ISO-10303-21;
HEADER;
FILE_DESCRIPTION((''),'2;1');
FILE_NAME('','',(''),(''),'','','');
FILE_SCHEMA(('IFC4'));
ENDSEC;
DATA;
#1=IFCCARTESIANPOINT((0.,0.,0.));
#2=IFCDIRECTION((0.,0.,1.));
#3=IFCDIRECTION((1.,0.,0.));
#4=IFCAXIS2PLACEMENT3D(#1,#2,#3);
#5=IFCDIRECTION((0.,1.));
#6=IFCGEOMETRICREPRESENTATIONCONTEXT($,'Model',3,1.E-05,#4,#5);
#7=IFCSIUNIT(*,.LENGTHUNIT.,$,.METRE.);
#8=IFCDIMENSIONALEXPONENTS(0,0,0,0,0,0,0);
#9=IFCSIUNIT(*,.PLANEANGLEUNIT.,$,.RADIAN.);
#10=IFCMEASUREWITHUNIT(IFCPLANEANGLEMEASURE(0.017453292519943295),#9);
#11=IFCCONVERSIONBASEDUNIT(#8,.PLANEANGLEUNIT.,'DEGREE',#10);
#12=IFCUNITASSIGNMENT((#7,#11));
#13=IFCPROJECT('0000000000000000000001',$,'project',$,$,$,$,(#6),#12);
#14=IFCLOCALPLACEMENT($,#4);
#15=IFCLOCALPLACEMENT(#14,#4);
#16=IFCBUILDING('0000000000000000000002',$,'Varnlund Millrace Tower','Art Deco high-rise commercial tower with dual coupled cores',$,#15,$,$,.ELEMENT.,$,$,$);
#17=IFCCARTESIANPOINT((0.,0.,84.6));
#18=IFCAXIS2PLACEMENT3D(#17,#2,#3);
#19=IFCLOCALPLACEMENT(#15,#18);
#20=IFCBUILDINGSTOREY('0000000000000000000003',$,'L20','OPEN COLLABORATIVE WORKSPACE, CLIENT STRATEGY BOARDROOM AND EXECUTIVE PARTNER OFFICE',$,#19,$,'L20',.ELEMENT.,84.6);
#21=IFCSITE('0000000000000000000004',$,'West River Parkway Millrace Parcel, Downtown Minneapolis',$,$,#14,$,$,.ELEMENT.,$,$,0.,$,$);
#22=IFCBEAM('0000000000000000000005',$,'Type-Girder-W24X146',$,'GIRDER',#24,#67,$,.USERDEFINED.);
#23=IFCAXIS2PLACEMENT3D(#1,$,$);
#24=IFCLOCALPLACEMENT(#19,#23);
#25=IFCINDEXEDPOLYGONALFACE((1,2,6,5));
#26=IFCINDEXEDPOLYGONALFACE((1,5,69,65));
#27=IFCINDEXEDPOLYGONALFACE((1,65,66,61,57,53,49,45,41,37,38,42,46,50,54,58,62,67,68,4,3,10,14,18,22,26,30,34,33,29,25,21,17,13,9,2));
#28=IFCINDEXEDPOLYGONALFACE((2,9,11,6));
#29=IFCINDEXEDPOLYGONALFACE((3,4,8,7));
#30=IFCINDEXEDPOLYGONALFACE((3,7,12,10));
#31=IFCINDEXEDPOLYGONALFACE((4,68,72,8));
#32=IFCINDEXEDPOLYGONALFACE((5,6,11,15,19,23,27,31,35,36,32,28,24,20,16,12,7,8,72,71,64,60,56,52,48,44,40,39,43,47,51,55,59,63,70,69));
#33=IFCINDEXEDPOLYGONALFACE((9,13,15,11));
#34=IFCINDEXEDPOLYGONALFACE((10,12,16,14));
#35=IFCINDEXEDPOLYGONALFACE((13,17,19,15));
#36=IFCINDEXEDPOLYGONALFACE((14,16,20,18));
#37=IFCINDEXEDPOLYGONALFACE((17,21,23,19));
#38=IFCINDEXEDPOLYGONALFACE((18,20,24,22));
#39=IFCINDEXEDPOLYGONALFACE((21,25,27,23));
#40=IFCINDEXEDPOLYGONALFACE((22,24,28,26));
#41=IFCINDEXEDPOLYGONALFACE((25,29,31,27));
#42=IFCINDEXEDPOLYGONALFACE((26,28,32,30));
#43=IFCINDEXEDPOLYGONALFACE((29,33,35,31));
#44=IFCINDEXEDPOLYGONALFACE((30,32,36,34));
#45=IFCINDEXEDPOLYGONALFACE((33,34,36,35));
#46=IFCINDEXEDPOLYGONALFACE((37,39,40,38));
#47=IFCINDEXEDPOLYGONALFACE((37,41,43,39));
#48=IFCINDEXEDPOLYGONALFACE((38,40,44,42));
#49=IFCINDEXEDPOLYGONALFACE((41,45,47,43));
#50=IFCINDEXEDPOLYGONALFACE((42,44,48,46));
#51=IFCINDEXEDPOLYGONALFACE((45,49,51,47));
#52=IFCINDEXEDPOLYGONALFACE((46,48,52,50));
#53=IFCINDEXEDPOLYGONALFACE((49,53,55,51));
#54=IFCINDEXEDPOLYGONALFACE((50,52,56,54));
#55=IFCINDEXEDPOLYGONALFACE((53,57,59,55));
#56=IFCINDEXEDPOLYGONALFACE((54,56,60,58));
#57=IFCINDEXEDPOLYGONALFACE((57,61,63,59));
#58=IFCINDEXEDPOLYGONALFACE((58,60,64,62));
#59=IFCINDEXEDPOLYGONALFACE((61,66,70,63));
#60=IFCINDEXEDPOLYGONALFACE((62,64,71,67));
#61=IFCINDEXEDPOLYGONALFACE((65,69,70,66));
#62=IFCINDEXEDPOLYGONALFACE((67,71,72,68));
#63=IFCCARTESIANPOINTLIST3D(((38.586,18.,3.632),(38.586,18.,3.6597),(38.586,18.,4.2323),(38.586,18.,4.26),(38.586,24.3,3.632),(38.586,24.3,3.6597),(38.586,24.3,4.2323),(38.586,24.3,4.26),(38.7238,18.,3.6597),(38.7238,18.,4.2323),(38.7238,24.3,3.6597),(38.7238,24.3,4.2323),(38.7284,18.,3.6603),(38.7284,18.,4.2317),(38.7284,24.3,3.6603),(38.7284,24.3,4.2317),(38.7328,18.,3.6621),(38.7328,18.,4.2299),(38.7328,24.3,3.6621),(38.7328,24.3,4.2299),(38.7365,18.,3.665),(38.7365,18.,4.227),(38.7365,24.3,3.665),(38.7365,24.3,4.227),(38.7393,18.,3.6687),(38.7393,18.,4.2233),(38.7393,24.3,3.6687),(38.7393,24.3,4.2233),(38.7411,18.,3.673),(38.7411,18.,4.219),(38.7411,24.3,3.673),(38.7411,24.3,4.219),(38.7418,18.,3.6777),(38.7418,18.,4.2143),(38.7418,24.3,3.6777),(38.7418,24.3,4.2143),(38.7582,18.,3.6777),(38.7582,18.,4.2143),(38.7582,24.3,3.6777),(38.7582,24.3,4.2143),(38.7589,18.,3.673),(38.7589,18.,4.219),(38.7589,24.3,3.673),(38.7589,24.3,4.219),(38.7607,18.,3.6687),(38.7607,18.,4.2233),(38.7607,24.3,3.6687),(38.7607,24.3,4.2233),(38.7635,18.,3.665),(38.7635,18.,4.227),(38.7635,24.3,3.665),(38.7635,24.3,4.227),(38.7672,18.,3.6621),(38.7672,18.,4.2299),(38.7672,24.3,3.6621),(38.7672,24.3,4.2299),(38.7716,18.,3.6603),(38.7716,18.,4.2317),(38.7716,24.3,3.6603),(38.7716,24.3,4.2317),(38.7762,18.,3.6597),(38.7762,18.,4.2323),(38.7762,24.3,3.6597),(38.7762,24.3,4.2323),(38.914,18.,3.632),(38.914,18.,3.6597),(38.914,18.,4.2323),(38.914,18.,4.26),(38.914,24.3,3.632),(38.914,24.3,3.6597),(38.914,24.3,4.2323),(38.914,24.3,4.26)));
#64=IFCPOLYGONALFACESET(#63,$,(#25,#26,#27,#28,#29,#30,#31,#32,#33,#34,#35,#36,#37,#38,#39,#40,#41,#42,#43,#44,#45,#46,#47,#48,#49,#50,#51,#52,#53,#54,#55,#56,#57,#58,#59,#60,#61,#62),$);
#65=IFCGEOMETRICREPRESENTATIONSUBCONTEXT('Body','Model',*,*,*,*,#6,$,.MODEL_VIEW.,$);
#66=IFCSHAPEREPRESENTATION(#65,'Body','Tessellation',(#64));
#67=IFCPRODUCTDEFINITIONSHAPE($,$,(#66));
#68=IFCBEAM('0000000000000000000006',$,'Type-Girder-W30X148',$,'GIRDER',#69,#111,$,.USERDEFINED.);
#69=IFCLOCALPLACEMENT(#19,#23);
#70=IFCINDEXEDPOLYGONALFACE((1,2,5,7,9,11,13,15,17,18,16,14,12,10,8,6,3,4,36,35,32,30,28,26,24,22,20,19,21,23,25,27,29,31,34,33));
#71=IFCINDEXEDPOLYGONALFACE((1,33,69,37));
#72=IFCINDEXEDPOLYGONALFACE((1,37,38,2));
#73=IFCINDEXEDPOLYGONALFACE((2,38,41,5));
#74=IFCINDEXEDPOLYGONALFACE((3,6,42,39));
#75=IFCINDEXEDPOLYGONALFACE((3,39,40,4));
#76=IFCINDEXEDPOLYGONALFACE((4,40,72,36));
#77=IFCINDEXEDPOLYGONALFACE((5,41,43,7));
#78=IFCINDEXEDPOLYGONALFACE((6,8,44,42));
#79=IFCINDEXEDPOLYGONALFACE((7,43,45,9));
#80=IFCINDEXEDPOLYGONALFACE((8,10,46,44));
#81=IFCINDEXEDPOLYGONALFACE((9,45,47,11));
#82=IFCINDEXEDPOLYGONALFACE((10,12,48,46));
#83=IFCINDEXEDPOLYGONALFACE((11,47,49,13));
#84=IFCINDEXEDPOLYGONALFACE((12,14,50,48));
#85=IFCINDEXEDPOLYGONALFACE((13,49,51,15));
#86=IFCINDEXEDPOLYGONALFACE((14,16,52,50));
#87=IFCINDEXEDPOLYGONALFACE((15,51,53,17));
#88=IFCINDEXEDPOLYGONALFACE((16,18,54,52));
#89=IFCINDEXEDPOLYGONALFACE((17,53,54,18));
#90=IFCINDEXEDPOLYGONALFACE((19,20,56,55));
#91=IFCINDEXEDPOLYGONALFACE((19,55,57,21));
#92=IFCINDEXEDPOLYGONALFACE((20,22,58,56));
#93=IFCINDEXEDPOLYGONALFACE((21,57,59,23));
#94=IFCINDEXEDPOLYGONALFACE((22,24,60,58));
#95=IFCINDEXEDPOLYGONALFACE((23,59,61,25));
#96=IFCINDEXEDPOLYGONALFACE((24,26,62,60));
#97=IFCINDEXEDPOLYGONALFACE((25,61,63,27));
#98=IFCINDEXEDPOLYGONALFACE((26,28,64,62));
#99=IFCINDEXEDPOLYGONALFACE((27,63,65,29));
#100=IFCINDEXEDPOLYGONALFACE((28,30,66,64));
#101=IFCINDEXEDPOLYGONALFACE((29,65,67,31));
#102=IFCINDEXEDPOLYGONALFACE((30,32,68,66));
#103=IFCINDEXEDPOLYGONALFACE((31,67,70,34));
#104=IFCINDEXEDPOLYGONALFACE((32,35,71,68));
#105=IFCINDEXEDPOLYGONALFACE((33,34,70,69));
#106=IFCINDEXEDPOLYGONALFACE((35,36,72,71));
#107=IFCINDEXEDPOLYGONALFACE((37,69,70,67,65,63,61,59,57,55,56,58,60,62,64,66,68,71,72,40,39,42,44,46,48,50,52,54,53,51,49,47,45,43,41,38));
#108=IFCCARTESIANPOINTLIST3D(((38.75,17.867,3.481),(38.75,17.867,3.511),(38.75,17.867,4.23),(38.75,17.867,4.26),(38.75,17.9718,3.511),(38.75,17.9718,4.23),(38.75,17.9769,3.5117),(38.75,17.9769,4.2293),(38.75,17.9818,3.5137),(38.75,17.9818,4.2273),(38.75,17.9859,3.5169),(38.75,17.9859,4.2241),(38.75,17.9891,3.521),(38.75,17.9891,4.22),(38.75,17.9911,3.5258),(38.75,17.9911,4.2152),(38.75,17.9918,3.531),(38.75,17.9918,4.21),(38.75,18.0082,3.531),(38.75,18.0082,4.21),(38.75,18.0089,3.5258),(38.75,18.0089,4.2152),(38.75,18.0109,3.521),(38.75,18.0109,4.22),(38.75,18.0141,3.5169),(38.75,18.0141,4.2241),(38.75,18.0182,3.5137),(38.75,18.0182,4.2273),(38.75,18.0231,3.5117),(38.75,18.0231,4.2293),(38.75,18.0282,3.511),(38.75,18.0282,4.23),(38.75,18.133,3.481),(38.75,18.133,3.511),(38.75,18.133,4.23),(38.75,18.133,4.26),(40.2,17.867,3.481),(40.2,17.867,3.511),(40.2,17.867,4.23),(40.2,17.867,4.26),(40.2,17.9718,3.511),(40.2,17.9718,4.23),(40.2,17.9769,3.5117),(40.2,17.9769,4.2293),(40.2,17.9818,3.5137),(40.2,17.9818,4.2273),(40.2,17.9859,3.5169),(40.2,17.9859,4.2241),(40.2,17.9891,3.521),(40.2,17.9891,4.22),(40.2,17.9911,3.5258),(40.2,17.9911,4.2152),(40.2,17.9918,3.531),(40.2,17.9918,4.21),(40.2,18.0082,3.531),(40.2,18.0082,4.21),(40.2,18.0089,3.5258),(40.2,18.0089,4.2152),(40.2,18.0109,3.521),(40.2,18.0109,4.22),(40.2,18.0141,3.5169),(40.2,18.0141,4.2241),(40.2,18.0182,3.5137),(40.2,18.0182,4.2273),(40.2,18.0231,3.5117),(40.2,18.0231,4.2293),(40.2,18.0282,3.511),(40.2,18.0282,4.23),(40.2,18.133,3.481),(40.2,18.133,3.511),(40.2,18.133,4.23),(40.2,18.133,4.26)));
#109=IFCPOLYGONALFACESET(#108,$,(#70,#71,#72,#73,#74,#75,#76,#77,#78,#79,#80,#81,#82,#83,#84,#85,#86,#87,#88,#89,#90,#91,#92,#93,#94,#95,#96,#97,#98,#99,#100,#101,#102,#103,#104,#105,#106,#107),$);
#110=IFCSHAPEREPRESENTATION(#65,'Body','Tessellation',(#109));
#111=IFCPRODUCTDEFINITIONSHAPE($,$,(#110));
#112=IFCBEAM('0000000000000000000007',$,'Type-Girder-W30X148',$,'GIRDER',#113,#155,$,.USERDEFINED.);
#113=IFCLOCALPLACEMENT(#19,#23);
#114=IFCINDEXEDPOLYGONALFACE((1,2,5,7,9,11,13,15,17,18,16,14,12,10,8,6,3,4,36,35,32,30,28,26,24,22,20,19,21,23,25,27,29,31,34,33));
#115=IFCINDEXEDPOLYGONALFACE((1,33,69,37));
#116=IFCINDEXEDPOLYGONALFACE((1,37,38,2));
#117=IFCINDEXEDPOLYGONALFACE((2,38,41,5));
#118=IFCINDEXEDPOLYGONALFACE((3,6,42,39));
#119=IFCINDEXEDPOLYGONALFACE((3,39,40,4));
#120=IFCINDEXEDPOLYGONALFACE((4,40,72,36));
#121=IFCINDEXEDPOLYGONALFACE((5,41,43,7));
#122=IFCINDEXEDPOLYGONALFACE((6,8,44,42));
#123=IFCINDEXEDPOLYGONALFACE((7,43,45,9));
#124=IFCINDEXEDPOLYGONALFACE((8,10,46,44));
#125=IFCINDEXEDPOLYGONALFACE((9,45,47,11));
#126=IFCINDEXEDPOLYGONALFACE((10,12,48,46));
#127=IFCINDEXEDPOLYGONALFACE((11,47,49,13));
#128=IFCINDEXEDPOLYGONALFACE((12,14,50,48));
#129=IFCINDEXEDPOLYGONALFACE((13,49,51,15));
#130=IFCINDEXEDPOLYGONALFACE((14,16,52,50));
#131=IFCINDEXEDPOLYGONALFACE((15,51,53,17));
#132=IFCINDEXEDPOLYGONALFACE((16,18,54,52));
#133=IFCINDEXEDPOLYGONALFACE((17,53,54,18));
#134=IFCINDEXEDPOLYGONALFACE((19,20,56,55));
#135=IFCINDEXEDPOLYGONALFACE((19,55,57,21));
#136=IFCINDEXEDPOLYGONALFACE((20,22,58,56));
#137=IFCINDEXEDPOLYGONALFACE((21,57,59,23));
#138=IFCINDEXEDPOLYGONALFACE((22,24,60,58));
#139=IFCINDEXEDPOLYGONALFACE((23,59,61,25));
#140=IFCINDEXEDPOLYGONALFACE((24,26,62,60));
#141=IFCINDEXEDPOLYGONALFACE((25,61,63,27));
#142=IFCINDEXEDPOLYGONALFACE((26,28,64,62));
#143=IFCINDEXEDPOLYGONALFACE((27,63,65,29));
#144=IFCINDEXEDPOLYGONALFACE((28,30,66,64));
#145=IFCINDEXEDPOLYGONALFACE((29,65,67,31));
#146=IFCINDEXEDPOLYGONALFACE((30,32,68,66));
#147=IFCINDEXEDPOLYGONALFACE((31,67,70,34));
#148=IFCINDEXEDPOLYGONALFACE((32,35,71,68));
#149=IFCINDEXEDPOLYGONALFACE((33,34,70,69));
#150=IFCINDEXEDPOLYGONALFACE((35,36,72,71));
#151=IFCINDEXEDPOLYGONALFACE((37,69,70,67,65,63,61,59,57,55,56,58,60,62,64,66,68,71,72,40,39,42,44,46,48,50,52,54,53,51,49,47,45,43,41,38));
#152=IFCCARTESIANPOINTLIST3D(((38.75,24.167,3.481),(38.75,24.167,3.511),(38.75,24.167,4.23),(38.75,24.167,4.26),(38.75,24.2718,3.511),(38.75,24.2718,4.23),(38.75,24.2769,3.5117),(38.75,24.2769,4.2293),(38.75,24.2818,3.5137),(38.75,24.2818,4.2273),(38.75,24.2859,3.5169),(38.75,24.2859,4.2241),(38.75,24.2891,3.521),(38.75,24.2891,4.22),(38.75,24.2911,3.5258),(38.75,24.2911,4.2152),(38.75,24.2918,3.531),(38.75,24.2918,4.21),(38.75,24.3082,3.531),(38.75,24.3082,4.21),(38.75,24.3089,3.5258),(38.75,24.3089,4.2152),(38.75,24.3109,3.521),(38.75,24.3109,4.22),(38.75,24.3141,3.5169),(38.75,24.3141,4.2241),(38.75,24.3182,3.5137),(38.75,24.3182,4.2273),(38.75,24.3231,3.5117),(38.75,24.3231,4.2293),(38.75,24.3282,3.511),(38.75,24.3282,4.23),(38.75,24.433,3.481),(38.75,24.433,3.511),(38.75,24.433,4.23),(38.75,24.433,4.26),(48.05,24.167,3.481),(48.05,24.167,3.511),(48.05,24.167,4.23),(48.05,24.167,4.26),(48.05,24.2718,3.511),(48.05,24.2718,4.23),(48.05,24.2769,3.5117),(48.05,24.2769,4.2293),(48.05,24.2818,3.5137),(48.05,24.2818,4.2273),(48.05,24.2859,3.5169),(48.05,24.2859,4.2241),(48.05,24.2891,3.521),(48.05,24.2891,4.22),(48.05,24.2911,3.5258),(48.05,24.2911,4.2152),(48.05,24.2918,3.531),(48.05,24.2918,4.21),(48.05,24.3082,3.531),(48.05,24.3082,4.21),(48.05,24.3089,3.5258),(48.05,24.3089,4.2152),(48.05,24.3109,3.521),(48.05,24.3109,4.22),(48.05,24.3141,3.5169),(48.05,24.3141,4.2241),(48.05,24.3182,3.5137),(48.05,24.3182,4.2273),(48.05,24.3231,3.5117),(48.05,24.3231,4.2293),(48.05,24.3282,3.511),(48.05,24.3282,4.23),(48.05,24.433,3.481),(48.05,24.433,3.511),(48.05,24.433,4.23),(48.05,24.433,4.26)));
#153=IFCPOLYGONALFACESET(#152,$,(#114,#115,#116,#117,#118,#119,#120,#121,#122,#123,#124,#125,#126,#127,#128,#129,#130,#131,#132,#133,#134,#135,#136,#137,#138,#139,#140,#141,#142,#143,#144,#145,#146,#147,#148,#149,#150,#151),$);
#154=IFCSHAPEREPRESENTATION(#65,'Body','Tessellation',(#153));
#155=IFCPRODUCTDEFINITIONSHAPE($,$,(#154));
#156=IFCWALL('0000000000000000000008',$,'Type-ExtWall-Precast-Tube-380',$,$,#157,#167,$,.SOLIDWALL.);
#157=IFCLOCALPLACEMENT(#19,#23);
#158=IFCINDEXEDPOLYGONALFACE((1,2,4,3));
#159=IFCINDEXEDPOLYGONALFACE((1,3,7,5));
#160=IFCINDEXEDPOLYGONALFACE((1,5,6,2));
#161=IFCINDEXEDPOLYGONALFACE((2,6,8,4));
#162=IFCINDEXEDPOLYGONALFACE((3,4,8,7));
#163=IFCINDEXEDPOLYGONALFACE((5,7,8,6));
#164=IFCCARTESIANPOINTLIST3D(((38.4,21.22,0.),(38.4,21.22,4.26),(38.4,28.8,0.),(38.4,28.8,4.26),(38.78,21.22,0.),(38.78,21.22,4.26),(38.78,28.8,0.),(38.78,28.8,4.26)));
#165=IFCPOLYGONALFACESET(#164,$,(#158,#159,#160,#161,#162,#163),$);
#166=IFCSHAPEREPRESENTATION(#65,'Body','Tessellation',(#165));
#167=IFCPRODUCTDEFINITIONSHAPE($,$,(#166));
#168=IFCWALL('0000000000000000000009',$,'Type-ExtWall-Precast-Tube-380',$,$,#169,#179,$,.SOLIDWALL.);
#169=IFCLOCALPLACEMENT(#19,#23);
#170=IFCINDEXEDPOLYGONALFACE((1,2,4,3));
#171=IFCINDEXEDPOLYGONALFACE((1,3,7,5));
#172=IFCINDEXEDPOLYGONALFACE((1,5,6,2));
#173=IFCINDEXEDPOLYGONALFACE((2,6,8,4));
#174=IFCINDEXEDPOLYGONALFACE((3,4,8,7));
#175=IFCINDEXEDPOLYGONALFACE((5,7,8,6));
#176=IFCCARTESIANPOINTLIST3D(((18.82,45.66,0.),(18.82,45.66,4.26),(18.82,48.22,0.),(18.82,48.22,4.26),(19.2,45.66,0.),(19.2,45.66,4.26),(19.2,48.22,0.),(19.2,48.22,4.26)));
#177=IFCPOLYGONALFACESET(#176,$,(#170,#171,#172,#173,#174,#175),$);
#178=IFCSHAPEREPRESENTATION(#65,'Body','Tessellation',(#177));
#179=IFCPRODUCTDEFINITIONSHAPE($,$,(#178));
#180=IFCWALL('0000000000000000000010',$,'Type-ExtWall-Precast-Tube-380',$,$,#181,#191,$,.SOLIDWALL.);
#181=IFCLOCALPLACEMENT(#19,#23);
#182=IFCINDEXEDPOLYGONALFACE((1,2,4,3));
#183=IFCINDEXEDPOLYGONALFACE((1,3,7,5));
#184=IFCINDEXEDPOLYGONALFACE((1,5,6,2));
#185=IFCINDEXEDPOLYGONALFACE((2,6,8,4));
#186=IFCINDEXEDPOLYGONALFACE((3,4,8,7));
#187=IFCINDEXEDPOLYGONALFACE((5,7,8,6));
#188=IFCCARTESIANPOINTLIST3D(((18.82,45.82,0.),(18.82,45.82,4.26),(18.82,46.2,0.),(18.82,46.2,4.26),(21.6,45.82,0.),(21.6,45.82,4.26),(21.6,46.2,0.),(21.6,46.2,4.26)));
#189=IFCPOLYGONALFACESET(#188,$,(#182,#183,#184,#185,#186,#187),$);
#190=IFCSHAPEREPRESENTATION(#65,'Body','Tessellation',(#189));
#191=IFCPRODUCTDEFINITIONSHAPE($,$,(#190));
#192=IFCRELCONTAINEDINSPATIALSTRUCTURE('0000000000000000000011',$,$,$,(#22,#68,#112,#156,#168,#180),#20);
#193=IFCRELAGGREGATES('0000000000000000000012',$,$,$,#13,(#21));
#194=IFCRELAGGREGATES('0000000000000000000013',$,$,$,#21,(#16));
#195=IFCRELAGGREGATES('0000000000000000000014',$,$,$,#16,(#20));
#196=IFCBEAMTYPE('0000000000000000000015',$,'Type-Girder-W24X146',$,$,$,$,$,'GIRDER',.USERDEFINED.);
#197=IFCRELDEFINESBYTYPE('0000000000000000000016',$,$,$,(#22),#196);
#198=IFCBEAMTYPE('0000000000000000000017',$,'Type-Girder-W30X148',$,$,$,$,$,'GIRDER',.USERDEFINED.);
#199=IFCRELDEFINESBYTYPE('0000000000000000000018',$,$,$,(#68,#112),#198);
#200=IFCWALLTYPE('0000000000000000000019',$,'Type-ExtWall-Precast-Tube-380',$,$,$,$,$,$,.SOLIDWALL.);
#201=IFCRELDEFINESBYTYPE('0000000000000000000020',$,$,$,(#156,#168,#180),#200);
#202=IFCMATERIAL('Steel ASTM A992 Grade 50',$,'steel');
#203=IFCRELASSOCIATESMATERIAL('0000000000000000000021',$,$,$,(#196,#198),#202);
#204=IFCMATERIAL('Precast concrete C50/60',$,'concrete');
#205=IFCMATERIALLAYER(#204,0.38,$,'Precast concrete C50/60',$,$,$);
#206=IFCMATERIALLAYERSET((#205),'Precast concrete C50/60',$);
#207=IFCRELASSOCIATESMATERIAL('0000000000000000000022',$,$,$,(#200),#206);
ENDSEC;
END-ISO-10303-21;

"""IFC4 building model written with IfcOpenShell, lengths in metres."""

from ifc_helpers import new_model, entity, si_unit, converted_unit, direction, frame, origin_with_axes, origin_2d_with_axis, place, context, subcontext, project, spatial, polyline, i_section, outline, extrude, material, layer, layer_set, material_profile, profile_set, type_object, element, save


model = new_model("IFC4")

# Units and contexts
model_context = context("Model", 3, precision=1e-05, world=origin_with_axes(), true_north=direction((0.0, 1.0)))
body_context = subcontext(model_context, "Body", "Model", "MODEL_VIEW")
ifc_project = project(units=[si_unit("LENGTHUNIT", "METRE"), converted_unit("PLANEANGLEUNIT", "DEGREE", entity("IfcPlaneAngleMeasure", 0.017453292519943295), si_unit("PLANEANGLEUNIT", "RADIAN"), dimensions=[0, 0, 0, 0, 0, 0, 0])], contexts=[model_context])

# Site, building, storey
site_placement = place(None, origin_with_axes())
site = spatial("IfcSite", under=ifc_project, at=site_placement, Name="West River Parkway Millrace Parcel, Downtown Minneapolis", CompositionType="ELEMENT", RefElevation=0.0)
building_placement = place(site_placement, origin_with_axes())
building = spatial("IfcBuilding", under=site, at=building_placement, Name="Varnlund Millrace Tower", Description="Art Deco high-rise commercial tower with dual coupled cores", CompositionType="ELEMENT")
storey_placement = place(building_placement, frame((0.0, 0.0, 84.6), z_axis=(0.0, 0.0, 1.0), x_axis=(1.0, 0.0, 0.0)))
storey = spatial("IfcBuildingStorey", under=building, at=storey_placement, Name="L20", Description="OPEN COLLABORATIVE WORKSPACE, CLIENT STRATEGY BOARDROOM AND EXECUTIVE PARTNER OFFICE", LongName="L20", CompositionType="ELEMENT", Elevation=84.6)

# Beams
ifc_material_1 = material(Name="Steel ASTM A992 Grade 50", Category="steel")
ifc_material_profile_1 = material_profile(ifc_material_1, i_section(OverallWidth=0.328, OverallDepth=0.628, WebThickness=0.0165, FlangeThickness=0.0277, FilletRadius=0.018, at=origin_2d_with_axis()), Name="Steel ASTM A992 Grade 50")
ifc_profile_set_1 = profile_set([ifc_material_profile_1], Name="Steel ASTM A992 Grade 50")
beam_type_1 = type_object("IfcBeamType", Name="Type-Girder-W24X146", ElementType="GIRDER", PredefinedType="USERDEFINED", material=ifc_profile_set_1)
beam_1_placement = place(storey_placement, frame((38.75, 18.0, 3.946), z_axis=(0.0, 1.0, 0.0), x_axis=(-1.0, 0.0, 0.0)))
element("IfcBeam", 1, at=beam_1_placement, inside=storey, type_object=beam_type_1, Name="Type-Girder-W24X146", ObjectType="GIRDER", PredefinedType="USERDEFINED", context=body_context, shape_type="SweptSolid", body=[
    extrude(i_section(OverallWidth=0.328, OverallDepth=0.628, WebThickness=0.0165, FlangeThickness=0.0277, FilletRadius=0.018, at=origin_2d_with_axis()), origin_with_axes(), (0.0, 0.0, 1.0), 6.3),
])
ifc_material_profile_2 = material_profile(ifc_material_1, i_section(OverallWidth=0.266, OverallDepth=0.779, WebThickness=0.0165, FlangeThickness=0.03, FilletRadius=0.02, at=origin_2d_with_axis()), Name="Steel ASTM A992 Grade 50")
ifc_profile_set_2 = profile_set([ifc_material_profile_2], Name="Steel ASTM A992 Grade 50")
beam_type_2 = type_object("IfcBeamType", Name="Type-Girder-W30X148", ElementType="GIRDER", PredefinedType="USERDEFINED", material=ifc_profile_set_2)
beam_2_placement = place(storey_placement, frame((38.75, 18.0, 3.8705), z_axis=(1.0, 0.0, 0.0), x_axis=(0.0, 1.0, 0.0)))
element("IfcBeam", 2, at=beam_2_placement, inside=storey, type_object=beam_type_2, Name="Type-Girder-W30X148", ObjectType="GIRDER", PredefinedType="USERDEFINED", context=body_context, shape_type="SweptSolid", body=[
    extrude(i_section(OverallWidth=0.266, OverallDepth=0.779, WebThickness=0.0165, FlangeThickness=0.03, FilletRadius=0.02, at=origin_2d_with_axis()), origin_with_axes(), (0.0, 0.0, 1.0), 1.45),
])
beam_3_placement = place(storey_placement, frame((38.75, 24.3, 3.8705), z_axis=(1.0, 0.0, 0.0), x_axis=(0.0, 1.0, 0.0)))
element("IfcBeam", 3, at=beam_3_placement, inside=storey, type_object=beam_type_2, Name="Type-Girder-W30X148", ObjectType="GIRDER", PredefinedType="USERDEFINED", context=body_context, shape_type="SweptSolid", body=[
    extrude(i_section(OverallWidth=0.266, OverallDepth=0.779, WebThickness=0.0165, FlangeThickness=0.03, FilletRadius=0.02, at=origin_2d_with_axis()), origin_with_axes(), (0.0, 0.0, 1.0), 9.3),
])

# Walls
ifc_material_2 = material(Name="Precast concrete C50/60", Category="concrete")
ifc_layer_1 = layer(ifc_material_2, 0.38, Name="Precast concrete C50/60")
ifc_layer_set_1 = layer_set([ifc_layer_1], Name="Precast concrete C50/60")
wall_type_1 = type_object("IfcWallType", Name="Type-ExtWall-Precast-Tube-380", PredefinedType="SOLIDWALL", material=ifc_layer_set_1)
wall_1_placement = place(storey_placement, frame((38.59, 21.22, 0.0), z_axis=(0.0, 0.0, 1.0), x_axis=(0.0, 1.0, 0.0)))
element("IfcWall", 4, at=wall_1_placement, inside=storey, type_object=wall_type_1, Name="Type-ExtWall-Precast-Tube-380", PredefinedType="SOLIDWALL", context=body_context, shape_type="SweptSolid", body=[
    extrude(outline(polyline([(0.0, -0.19), (7.58, -0.19), (7.58, 0.19), (0.0, 0.19), (0.0, -0.19)])), origin_with_axes(), (0.0, 0.0, 1.0), 4.26),
])
wall_2_placement = place(storey_placement, frame((19.01, 48.22, 0.0), z_axis=(0.0, 0.0, 1.0), x_axis=(0.0, -1.0, 0.0)))
element("IfcWall", 5, at=wall_2_placement, inside=storey, type_object=wall_type_1, Name="Type-ExtWall-Precast-Tube-380", PredefinedType="SOLIDWALL", context=body_context, shape_type="SweptSolid", body=[
    extrude(outline(polyline([(0.0, -0.19), (2.56, -0.19), (2.56, 0.19), (0.0, 0.19), (0.0, -0.19)])), origin_with_axes(), (0.0, 0.0, 1.0), 4.26),
])
wall_3_placement = place(storey_placement, frame((18.82, 46.01, 0.0), z_axis=(0.0, 0.0, 1.0), x_axis=(1.0, 0.0, 0.0)))
element("IfcWall", 6, at=wall_3_placement, inside=storey, type_object=wall_type_1, Name="Type-ExtWall-Precast-Tube-380", PredefinedType="SOLIDWALL", context=body_context, shape_type="SweptSolid", body=[
    extrude(outline(polyline([(0.0, -0.19), (2.78, -0.19), (2.78, 0.19), (0.0, 0.19), (0.0, -0.19)])), origin_with_axes(), (0.0, 0.0, 1.0), 4.26),
])

save(model, "model.ifc")
